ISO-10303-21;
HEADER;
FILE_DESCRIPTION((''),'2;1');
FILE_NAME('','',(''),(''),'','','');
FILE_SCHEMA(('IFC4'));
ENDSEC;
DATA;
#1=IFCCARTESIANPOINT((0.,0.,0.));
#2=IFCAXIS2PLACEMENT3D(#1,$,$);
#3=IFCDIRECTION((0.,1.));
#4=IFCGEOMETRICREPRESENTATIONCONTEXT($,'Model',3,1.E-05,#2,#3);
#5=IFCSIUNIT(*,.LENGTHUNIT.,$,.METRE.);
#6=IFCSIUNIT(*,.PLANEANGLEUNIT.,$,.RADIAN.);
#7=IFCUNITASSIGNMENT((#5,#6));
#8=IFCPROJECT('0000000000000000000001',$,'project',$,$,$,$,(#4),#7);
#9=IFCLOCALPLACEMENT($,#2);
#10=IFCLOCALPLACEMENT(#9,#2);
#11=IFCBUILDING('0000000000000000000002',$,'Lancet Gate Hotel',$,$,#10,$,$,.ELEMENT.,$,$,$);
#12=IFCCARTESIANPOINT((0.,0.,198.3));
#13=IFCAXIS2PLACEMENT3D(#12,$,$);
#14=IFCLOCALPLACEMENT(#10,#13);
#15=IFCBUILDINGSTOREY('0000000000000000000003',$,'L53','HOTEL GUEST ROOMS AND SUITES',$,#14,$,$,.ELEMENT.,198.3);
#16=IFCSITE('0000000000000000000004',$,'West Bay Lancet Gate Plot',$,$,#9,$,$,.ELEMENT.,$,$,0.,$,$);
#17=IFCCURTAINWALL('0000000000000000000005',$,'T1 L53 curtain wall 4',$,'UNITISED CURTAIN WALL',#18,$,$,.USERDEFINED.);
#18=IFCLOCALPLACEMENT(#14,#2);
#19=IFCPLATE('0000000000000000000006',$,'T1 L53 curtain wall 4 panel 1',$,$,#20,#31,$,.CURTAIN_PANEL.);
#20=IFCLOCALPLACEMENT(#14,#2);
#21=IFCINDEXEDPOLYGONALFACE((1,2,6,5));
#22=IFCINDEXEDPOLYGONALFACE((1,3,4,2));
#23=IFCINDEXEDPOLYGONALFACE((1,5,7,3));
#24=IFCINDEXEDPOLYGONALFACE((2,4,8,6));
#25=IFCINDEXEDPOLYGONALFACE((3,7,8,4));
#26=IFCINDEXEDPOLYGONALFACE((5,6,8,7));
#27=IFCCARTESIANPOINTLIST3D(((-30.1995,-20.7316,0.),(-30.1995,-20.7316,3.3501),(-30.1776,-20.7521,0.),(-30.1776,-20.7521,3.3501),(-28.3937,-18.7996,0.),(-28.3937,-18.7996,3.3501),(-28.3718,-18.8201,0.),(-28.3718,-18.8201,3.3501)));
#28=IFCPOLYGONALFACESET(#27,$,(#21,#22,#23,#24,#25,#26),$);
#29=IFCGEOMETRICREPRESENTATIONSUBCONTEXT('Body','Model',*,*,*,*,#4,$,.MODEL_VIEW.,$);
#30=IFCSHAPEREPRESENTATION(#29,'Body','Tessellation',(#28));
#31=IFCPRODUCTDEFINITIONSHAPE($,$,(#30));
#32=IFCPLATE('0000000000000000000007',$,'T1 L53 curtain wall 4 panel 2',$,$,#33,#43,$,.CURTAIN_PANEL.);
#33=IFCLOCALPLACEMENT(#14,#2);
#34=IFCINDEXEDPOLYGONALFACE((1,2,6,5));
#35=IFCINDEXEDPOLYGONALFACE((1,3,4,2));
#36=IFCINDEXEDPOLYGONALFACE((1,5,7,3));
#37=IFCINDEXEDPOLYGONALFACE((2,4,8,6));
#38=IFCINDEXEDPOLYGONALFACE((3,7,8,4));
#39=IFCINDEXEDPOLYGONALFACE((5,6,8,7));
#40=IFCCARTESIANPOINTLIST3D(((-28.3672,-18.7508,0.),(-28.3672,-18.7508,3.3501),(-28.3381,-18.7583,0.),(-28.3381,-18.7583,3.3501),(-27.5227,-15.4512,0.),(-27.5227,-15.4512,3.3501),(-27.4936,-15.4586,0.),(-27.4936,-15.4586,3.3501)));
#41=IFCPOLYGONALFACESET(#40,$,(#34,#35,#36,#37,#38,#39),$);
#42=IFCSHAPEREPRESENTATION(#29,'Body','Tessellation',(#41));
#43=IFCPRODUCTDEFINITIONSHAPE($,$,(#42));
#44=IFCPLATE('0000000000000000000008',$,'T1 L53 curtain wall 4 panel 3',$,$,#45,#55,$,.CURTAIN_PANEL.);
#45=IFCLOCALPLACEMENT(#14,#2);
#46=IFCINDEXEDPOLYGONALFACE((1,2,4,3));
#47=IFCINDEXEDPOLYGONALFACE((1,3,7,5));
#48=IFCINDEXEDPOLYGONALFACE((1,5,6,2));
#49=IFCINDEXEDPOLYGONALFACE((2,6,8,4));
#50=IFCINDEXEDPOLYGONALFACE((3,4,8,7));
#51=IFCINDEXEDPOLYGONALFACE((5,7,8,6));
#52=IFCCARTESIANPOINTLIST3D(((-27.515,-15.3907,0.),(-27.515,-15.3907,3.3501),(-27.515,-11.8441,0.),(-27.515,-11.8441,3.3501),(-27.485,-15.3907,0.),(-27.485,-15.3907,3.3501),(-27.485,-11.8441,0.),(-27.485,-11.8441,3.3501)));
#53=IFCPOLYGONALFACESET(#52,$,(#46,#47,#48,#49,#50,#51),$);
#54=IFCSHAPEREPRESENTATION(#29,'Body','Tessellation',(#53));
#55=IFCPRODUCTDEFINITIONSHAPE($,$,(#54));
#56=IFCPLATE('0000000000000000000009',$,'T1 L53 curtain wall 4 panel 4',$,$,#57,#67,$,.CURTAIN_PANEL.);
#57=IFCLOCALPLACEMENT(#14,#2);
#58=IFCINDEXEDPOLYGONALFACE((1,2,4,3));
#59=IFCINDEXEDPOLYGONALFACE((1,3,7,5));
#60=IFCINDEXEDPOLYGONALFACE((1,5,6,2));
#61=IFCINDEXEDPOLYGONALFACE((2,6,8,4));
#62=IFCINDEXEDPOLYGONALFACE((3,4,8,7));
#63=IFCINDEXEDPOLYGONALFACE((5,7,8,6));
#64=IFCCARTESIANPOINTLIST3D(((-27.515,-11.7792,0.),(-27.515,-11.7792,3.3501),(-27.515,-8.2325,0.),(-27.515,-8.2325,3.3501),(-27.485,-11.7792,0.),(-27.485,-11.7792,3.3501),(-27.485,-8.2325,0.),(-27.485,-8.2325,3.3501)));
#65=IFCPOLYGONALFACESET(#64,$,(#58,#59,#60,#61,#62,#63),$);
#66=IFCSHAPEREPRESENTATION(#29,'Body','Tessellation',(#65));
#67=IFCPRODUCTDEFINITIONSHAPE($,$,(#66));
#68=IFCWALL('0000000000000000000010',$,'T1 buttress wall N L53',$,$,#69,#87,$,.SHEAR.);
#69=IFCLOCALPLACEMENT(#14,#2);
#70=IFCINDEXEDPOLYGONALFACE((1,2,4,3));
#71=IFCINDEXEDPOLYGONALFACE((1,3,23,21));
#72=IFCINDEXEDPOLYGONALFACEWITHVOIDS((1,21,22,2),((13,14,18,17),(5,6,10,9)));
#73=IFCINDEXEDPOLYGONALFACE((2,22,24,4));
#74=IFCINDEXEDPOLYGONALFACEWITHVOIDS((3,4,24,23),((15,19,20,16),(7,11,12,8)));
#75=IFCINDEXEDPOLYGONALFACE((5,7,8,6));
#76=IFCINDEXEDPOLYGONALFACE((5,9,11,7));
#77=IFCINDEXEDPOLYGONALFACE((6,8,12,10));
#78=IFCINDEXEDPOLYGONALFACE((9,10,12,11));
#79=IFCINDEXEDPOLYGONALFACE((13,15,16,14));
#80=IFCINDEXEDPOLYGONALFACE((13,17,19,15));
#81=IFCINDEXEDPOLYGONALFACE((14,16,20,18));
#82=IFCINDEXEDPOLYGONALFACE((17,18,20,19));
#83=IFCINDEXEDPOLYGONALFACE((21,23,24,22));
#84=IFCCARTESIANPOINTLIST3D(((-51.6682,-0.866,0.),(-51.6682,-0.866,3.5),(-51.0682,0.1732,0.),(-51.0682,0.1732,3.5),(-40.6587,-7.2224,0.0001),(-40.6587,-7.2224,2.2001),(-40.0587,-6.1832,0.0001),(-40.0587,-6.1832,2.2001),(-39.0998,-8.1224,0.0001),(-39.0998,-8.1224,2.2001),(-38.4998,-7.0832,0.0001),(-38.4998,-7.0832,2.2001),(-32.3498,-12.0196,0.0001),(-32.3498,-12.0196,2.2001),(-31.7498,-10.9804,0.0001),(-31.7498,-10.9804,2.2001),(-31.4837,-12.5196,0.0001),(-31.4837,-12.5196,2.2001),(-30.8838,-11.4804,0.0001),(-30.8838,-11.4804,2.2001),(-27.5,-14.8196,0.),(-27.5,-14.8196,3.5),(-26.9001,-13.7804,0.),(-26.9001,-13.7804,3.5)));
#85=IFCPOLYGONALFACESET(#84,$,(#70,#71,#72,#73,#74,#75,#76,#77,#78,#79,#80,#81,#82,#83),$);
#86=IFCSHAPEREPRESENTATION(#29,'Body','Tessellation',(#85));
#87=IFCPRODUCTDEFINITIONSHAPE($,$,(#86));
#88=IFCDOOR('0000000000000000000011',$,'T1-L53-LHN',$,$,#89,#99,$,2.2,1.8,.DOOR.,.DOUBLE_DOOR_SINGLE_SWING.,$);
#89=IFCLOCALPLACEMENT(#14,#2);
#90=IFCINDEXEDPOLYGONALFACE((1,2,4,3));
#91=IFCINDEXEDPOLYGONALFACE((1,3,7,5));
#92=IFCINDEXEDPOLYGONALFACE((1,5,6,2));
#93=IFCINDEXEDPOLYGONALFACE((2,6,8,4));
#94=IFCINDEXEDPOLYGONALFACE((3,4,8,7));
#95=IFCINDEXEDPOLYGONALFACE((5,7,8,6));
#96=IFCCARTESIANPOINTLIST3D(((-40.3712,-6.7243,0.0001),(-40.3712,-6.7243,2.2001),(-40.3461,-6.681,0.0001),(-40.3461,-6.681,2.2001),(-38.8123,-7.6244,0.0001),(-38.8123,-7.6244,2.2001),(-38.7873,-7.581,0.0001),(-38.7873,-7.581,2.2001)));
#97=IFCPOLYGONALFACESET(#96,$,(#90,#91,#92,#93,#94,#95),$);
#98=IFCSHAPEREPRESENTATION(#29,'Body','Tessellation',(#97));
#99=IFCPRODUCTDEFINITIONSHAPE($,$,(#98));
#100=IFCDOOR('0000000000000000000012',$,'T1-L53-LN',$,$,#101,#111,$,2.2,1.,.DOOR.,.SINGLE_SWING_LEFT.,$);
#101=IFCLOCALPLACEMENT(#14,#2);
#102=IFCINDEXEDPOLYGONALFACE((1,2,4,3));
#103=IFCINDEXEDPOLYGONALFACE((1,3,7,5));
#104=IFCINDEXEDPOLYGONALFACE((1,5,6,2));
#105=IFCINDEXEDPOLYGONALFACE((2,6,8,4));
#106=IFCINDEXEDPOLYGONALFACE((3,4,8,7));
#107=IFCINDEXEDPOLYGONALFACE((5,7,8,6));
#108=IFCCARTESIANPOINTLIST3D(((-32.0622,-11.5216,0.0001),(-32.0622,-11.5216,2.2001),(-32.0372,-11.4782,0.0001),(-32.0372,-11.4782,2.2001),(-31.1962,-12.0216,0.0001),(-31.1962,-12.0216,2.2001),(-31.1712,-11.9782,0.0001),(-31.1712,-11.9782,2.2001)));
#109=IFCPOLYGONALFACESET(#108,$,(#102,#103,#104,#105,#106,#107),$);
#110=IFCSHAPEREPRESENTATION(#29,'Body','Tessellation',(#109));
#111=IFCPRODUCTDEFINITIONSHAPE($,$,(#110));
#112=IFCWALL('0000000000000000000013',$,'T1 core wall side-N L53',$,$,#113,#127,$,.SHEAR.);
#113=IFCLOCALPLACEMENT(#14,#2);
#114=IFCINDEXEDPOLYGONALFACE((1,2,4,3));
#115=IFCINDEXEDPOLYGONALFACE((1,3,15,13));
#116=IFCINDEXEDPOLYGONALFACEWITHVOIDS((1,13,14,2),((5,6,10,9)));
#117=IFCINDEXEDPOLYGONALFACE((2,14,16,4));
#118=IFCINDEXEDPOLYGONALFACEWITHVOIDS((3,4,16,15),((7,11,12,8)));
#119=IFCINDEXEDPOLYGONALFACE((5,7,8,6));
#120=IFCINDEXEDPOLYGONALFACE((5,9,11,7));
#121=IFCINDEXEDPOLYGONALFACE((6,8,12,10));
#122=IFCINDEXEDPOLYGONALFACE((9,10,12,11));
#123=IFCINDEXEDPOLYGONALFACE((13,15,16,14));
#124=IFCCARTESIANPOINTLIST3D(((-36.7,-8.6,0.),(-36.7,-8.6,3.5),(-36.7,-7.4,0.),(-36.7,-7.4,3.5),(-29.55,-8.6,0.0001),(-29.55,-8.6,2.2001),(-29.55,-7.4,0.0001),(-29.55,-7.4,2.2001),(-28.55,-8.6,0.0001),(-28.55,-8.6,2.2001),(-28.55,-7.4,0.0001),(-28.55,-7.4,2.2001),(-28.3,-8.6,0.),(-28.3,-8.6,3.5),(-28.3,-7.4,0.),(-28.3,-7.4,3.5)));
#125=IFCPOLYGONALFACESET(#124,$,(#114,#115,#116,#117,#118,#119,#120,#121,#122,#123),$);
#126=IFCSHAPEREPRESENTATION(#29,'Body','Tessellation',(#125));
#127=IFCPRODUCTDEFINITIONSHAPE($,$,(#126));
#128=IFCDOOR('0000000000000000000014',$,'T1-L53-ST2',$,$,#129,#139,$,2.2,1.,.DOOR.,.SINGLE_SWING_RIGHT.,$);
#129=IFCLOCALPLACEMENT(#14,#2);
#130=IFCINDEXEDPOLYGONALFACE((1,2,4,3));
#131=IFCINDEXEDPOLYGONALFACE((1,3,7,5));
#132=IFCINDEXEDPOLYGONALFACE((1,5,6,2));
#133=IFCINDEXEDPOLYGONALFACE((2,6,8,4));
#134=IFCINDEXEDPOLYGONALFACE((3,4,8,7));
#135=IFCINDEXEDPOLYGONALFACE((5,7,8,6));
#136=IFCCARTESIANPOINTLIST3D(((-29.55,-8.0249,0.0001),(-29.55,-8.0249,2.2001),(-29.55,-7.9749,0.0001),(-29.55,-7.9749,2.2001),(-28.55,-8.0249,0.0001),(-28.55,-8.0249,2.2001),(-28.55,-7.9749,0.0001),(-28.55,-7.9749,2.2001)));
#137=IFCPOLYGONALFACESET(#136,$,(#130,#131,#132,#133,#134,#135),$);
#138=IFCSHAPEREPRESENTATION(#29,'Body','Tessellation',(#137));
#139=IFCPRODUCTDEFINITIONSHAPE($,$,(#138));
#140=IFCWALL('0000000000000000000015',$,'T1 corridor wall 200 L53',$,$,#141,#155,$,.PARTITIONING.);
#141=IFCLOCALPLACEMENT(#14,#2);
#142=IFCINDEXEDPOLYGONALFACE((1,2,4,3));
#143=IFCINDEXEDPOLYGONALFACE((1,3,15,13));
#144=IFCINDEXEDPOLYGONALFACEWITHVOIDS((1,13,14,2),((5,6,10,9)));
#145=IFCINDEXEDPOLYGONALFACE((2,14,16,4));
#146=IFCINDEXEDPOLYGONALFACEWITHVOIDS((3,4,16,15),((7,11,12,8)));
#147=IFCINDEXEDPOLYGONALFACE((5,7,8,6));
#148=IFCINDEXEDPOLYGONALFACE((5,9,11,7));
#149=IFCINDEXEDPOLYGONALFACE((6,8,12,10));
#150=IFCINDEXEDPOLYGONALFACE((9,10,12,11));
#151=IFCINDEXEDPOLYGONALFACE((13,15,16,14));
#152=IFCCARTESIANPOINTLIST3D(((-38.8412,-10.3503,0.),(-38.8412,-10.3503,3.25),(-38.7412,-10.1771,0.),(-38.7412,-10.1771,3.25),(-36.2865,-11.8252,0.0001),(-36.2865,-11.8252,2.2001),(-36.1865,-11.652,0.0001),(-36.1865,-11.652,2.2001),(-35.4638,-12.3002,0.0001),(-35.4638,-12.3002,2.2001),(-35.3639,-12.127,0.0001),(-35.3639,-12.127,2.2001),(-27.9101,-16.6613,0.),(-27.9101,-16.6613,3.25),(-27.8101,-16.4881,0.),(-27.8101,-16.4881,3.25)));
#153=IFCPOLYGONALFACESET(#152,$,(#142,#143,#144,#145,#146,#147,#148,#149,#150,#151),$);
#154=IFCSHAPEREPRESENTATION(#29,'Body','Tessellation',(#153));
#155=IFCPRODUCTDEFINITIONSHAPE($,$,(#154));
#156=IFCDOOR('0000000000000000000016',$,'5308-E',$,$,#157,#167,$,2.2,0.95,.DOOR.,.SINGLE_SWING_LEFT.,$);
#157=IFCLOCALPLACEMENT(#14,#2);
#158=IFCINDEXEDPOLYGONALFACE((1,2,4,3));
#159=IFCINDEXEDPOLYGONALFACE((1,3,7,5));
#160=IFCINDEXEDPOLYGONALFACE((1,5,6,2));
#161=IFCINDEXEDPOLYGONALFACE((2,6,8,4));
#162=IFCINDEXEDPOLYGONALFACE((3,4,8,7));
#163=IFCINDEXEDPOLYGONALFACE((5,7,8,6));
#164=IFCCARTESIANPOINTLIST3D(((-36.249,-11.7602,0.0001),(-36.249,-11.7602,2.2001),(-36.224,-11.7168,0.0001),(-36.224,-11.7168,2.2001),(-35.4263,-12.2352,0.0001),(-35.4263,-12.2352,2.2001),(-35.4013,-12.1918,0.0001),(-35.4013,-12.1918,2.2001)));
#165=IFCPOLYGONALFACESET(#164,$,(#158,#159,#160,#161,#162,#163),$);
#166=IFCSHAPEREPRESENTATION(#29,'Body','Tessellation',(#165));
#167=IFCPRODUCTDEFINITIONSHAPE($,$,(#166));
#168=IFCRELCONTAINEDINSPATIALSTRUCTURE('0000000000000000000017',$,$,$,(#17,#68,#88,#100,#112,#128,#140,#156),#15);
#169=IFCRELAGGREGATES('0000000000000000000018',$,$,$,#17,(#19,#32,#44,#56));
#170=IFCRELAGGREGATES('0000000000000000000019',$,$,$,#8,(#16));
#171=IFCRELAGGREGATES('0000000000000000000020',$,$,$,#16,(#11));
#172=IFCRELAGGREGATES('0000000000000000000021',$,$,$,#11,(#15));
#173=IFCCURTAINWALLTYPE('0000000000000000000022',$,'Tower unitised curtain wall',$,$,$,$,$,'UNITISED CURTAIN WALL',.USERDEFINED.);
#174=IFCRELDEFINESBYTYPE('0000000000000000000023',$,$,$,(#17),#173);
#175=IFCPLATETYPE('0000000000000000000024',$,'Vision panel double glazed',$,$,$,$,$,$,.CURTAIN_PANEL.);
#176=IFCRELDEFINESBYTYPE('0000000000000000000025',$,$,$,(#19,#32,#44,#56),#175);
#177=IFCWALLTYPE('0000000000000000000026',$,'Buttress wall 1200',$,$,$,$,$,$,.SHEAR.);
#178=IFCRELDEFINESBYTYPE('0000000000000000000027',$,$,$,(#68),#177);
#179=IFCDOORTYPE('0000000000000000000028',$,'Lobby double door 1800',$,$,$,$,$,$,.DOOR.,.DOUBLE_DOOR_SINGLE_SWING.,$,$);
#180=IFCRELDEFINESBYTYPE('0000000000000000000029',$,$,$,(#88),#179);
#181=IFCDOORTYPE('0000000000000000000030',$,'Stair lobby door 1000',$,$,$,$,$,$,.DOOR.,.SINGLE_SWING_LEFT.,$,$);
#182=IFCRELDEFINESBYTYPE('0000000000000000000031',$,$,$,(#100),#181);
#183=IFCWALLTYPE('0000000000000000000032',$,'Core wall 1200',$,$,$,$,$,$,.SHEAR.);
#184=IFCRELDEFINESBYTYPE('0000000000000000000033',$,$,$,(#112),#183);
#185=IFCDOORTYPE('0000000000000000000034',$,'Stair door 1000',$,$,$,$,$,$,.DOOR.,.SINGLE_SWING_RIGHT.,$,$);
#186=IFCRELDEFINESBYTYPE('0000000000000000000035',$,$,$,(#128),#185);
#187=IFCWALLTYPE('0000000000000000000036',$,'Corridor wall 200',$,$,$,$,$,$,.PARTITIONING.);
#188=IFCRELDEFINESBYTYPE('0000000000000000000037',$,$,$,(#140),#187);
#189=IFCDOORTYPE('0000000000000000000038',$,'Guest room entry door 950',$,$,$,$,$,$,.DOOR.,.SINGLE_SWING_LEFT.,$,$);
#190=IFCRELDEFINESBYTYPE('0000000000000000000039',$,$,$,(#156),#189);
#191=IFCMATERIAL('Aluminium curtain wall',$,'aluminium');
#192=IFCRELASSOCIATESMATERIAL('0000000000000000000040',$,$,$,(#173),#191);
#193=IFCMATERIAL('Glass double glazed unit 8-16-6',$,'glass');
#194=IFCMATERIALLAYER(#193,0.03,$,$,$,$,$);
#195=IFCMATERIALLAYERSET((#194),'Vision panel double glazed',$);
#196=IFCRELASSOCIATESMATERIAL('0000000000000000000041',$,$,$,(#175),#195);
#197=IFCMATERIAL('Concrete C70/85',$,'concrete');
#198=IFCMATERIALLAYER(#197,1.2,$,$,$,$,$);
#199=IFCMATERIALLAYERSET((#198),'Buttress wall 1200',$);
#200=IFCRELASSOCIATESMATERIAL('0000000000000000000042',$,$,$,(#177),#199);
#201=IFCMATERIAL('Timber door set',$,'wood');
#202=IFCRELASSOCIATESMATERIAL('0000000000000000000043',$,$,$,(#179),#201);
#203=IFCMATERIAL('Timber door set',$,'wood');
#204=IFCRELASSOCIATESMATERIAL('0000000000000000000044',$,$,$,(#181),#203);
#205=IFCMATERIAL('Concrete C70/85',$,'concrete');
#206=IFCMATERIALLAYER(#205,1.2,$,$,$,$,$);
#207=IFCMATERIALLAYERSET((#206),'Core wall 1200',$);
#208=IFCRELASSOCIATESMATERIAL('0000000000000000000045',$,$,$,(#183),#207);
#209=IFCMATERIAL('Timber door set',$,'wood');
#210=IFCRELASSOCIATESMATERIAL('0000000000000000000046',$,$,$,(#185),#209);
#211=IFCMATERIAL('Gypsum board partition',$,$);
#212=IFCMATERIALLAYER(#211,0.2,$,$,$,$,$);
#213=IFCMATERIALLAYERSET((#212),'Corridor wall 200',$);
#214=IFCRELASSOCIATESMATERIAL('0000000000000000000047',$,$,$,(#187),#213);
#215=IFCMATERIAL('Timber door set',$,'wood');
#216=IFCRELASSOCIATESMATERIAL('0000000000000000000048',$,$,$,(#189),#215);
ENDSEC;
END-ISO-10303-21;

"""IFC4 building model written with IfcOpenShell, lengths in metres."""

from ifc_helpers import new_model, si_unit, direction, frame, frame_2d, origin, origin_2d, place, context, subcontext, project, spatial, rectangle, extrude, material, layer, layer_set, type_object, element, fill, aggregate, save


model = new_model("IFC4")

# Units and contexts
model_context = context("Model", 3, precision=1e-05, world=origin(), true_north=direction((0.0, 1.0)))
body_context = subcontext(model_context, "Body", "Model", "MODEL_VIEW")
ifc_project = project(units=[si_unit("LENGTHUNIT", "METRE"), si_unit("PLANEANGLEUNIT", "RADIAN")], contexts=[model_context])

# Site, building, storey
site_placement = place(None, origin())
site = spatial("IfcSite", under=ifc_project, at=site_placement, Name="West Bay Lancet Gate Plot", CompositionType="ELEMENT", RefElevation=0.0)
building_placement = place(site_placement, origin())
building = spatial("IfcBuilding", under=site, at=building_placement, Name="Lancet Gate Hotel", CompositionType="ELEMENT")
storey_placement = place(building_placement, frame((0.0, 0.0, 198.3)))
storey = spatial("IfcBuildingStorey", under=building, at=storey_placement, Name="L53", Description="HOTEL GUEST ROOMS AND SUITES", CompositionType="ELEMENT", Elevation=198.3)

# Curtain wall
ifc_material_1 = material(Name="Aluminium curtain wall", Category="aluminium")
curtain_wall_type = type_object("IfcCurtainWallType", Name="Tower unitised curtain wall", ElementType="UNITISED CURTAIN WALL", PredefinedType="USERDEFINED", material=ifc_material_1)
curtain_wall_placement = place(storey_placement, origin())
curtain_wall = element("IfcCurtainWall", 1, at=curtain_wall_placement, inside=storey, type_object=curtain_wall_type, Name="T1 L53 curtain wall 4", ObjectType="UNITISED CURTAIN WALL", PredefinedType="USERDEFINED")

# Plates
ifc_material_2 = material(Name="Glass double glazed unit 8-16-6", Category="glass")
ifc_layer_1 = layer(ifc_material_2, 0.03)
ifc_layer_set_1 = layer_set([ifc_layer_1], Name="Vision panel double glazed")
plate_type = type_object("IfcPlateType", Name="Vision panel double glazed", PredefinedType="CURTAIN_PANEL", material=ifc_layer_set_1)
plate_1_placement = place(storey_placement, frame((-29.2856, -19.7759, 0.0), z_axis=(0.0, 0.0, 1.0), x_axis=(0.682845, 0.730563, 0.0)))
plate_1 = element("IfcPlate", 2, at=plate_1_placement, type_object=plate_type, Name="T1 L53 curtain wall 4 panel 1", PredefinedType="CURTAIN_PANEL", context=body_context, shape_type="SweptSolid", body=[
    extrude(rectangle(XDim=2.6445, YDim=0.03, at=origin_2d()), origin(), (0.0, 0.0, 1.0), 3.3501),
])
plate_2_placement = place(storey_placement, frame((-27.9304, -17.1047, 0.0), z_axis=(0.0, 0.0, 1.0), x_axis=(0.247937, 0.968776, 0.0)))
plate_2 = element("IfcPlate", 3, at=plate_2_placement, type_object=plate_type, Name="T1 L53 curtain wall 4 panel 2", PredefinedType="CURTAIN_PANEL", context=body_context, shape_type="SweptSolid", body=[
    extrude(rectangle(XDim=3.406, YDim=0.03, at=origin_2d()), origin(), (0.0, 0.0, 1.0), 3.3501),
])
plate_3_placement = place(storey_placement, frame((-27.5, -13.6174, 0.0), z_axis=(0.0, 0.0, 1.0), x_axis=(0.0, 1.0, 0.0)))
plate_3 = element("IfcPlate", 4, at=plate_3_placement, type_object=plate_type, Name="T1 L53 curtain wall 4 panel 3", PredefinedType="CURTAIN_PANEL", context=body_context, shape_type="SweptSolid", body=[
    extrude(rectangle(XDim=3.5466, YDim=0.03, at=origin_2d()), origin(), (0.0, 0.0, 1.0), 3.3501),
])
plate_4_placement = place(storey_placement, frame((-27.5, -10.0059, 0.0), z_axis=(0.0, 0.0, 1.0), x_axis=(0.0, 1.0, 0.0)))
plate_4 = element("IfcPlate", 5, at=plate_4_placement, type_object=plate_type, Name="T1 L53 curtain wall 4 panel 4", PredefinedType="CURTAIN_PANEL", context=body_context, shape_type="SweptSolid", body=[
    extrude(rectangle(XDim=3.5466, YDim=0.03, at=origin_2d()), origin(), (0.0, 0.0, 1.0), 3.3501),
])
aggregate(curtain_wall, [plate_1, plate_2, plate_3, plate_4])

# Wall, openings, doors
ifc_material_3 = material(Name="Concrete C70/85", Category="concrete")
ifc_layer_2 = layer(ifc_material_3, 1.2)
ifc_layer_set_2 = layer_set([ifc_layer_2], Name="Buttress wall 1200")
wall_type_1 = type_object("IfcWallType", Name="Buttress wall 1200", PredefinedType="SHEAR", material=ifc_layer_set_2)
wall_1_placement = place(storey_placement, frame((-27.2, -14.3, 0.0), z_axis=(0.0, 0.0, 1.0), x_axis=(-0.866024, 0.500002, 0.0)))
wall_1 = element("IfcWall", 6, at=wall_1_placement, inside=storey, type_object=wall_type_1, Name="T1 buttress wall N L53", PredefinedType="SHEAR", context=body_context, shape_type="SweptSolid", body=[
    extrude(rectangle(XDim=27.907, YDim=1.2, at=frame_2d((13.9536, 0.0))), origin(), (0.0, 0.0, 1.0), 3.5),
])
opening_1_placement = place(wall_1_placement, frame((4.6001, 0.0, 0.0)))
opening_1 = element("IfcOpeningElement", 7, at=opening_1_placement, cuts=wall_1, PredefinedType="OPENING", context=body_context, shape_type="SweptSolid", body=[
    extrude(rectangle(XDim=1.0, YDim=2.2, at=frame_2d((0.5, 1.1001))), frame((0.0, 0.6099, 0.0), z_axis=(0.0, -1.0, 0.0), x_axis=(1.0, 0.0, 0.0)), (0.0, 0.0, 1.0), 1.22),
])
opening_2_placement = place(wall_1_placement, frame((13.3945, 0.0, 0.0)))
opening_2 = element("IfcOpeningElement", 8, at=opening_2_placement, cuts=wall_1, PredefinedType="OPENING", context=body_context, shape_type="SweptSolid", body=[
    extrude(rectangle(XDim=1.8, YDim=2.2, at=frame_2d((0.8999, 1.1001))), frame((0.0, 0.6099, 0.0), z_axis=(0.0, -1.0, 0.0), x_axis=(1.0, 0.0, 0.0)), (0.0, 0.0, 1.0), 1.22),
])
ifc_material_4 = material(Name="Timber door set", Category="wood")
door_type_1 = type_object("IfcDoorType", Name="Lobby double door 1800", OperationType="DOUBLE_DOOR_SINGLE_SWING", PredefinedType="DOOR", material=ifc_material_4)
door_1_placement = place(opening_2_placement, origin())
door_1 = element("IfcDoor", 9, at=door_1_placement, inside=storey, type_object=door_type_1, Name="T1-L53-LHN", OperationType="DOUBLE_DOOR_SINGLE_SWING", OverallHeight=2.2, OverallWidth=1.8, PredefinedType="DOOR", context=body_context, shape_type="SweptSolid", body=[
    extrude(rectangle(XDim=1.8, YDim=2.2, at=frame_2d((0.8999, 1.1001))), frame((0.0, 0.0249, 0.0), z_axis=(0.0, -1.0, 0.0), x_axis=(1.0, 0.0, 0.0)), (0.0, 0.0, 1.0), 0.05),
])
fill(opening_2, door_1)
ifc_material_5 = material(Name="Timber door set", Category="wood")
door_type_2 = type_object("IfcDoorType", Name="Stair lobby door 1000", OperationType="SINGLE_SWING_LEFT", PredefinedType="DOOR", material=ifc_material_5)
door_2_placement = place(opening_1_placement, origin())
door_2 = element("IfcDoor", 10, at=door_2_placement, inside=storey, type_object=door_type_2, Name="T1-L53-LN", OperationType="SINGLE_SWING_LEFT", OverallHeight=2.2, OverallWidth=1.0, PredefinedType="DOOR", context=body_context, shape_type="SweptSolid", body=[
    extrude(rectangle(XDim=1.0, YDim=2.2, at=frame_2d((0.5, 1.1001))), frame((0.0, 0.0249, 0.0), z_axis=(0.0, -1.0, 0.0), x_axis=(1.0, 0.0, 0.0)), (0.0, 0.0, 1.0), 0.05),
])
fill(opening_1, door_2)

# Walls, openings, doors
ifc_material_6 = material(Name="Concrete C70/85", Category="concrete")
ifc_layer_3 = layer(ifc_material_6, 1.2)
ifc_layer_set_3 = layer_set([ifc_layer_3], Name="Core wall 1200")
wall_type_2 = type_object("IfcWallType", Name="Core wall 1200", PredefinedType="SHEAR", material=ifc_layer_set_3)
wall_2_placement = place(storey_placement, frame((-28.3, -8.0, 0.0), z_axis=(0.0, 0.0, 1.0), x_axis=(-1.0, 0.0, 0.0)))
wall_2 = element("IfcWall", 11, at=wall_2_placement, inside=storey, type_object=wall_type_2, Name="T1 core wall side-N L53", PredefinedType="SHEAR", context=body_context, shape_type="SweptSolid", body=[
    extrude(rectangle(XDim=8.3999, YDim=1.2, at=frame_2d((4.2, 0.0))), origin(), (0.0, 0.0, 1.0), 3.5),
])
opening_3_placement = place(wall_2_placement, frame((0.25, 0.0, 0.0)))
opening_3 = element("IfcOpeningElement", 12, at=opening_3_placement, cuts=wall_2, PredefinedType="OPENING", context=body_context, shape_type="SweptSolid", body=[
    extrude(rectangle(XDim=1.0, YDim=2.2, at=frame_2d((0.5, 1.1001))), frame((0.0, 0.6099, 0.0), z_axis=(0.0, -1.0, 0.0), x_axis=(1.0, 0.0, 0.0)), (0.0, 0.0, 1.0), 1.22),
])
ifc_material_7 = material(Name="Timber door set", Category="wood")
door_type_3 = type_object("IfcDoorType", Name="Stair door 1000", OperationType="SINGLE_SWING_RIGHT", PredefinedType="DOOR", material=ifc_material_7)
door_3_placement = place(opening_3_placement, origin())
door_3 = element("IfcDoor", 13, at=door_3_placement, inside=storey, type_object=door_type_3, Name="T1-L53-ST2", OperationType="SINGLE_SWING_RIGHT", OverallHeight=2.2, OverallWidth=1.0, PredefinedType="DOOR", context=body_context, shape_type="SweptSolid", body=[
    extrude(rectangle(XDim=1.0, YDim=2.2, at=frame_2d((0.5, 1.1001))), frame((0.0, 0.0249, 0.0), z_axis=(0.0, -1.0, 0.0), x_axis=(1.0, 0.0, 0.0)), (0.0, 0.0, 1.0), 0.05),
])
fill(opening_3, door_3)
ifc_material_8 = material(Name="Gypsum board partition")
ifc_layer_4 = layer(ifc_material_8, 0.2)
ifc_layer_set_4 = layer_set([ifc_layer_4], Name="Corridor wall 200")
wall_type_3 = type_object("IfcWallType", Name="Corridor wall 200", PredefinedType="PARTITIONING", material=ifc_layer_set_4)
wall_3_placement = place(storey_placement, frame((-27.8601, -16.5747, 0.0), z_axis=(0.0, 0.0, 1.0), x_axis=(-0.866028, 0.499996, 0.0)))
wall_3 = element("IfcWall", 14, at=wall_3_placement, inside=storey, type_object=wall_type_3, Name="T1 corridor wall 200 L53", PredefinedType="PARTITIONING", context=body_context, shape_type="SweptSolid", body=[
    extrude(rectangle(XDim=12.6221, YDim=0.2, at=frame_2d((6.311, 0.0))), origin(), (0.0, 0.0, 1.0), 3.25),
])
opening_4_placement = place(wall_3_placement, frame((8.7222, 0.0, 0.0)))
opening_4 = element("IfcOpeningElement", 15, at=opening_4_placement, cuts=wall_3, PredefinedType="OPENING", context=body_context, shape_type="SweptSolid", body=[
    extrude(rectangle(XDim=0.95, YDim=2.2, at=frame_2d((0.4751, 1.1001))), frame((0.0, 0.1099, 0.0), z_axis=(0.0, -1.0, 0.0), x_axis=(1.0, 0.0, 0.0)), (0.0, 0.0, 1.0), 0.22),
])
ifc_material_9 = material(Name="Timber door set", Category="wood")
door_type_4 = type_object("IfcDoorType", Name="Guest room entry door 950", OperationType="SINGLE_SWING_LEFT", PredefinedType="DOOR", material=ifc_material_9)
door_4_placement = place(opening_4_placement, origin())
door_4 = element("IfcDoor", 16, at=door_4_placement, inside=storey, type_object=door_type_4, Name="5308-E", OperationType="SINGLE_SWING_LEFT", OverallHeight=2.2, OverallWidth=0.95, PredefinedType="DOOR", context=body_context, shape_type="SweptSolid", body=[
    extrude(rectangle(XDim=0.95, YDim=2.2, at=frame_2d((0.4751, 1.1001))), frame((0.0, 0.0249, 0.0), z_axis=(0.0, -1.0, 0.0), x_axis=(1.0, 0.0, 0.0)), (0.0, 0.0, 1.0), 0.05),
])
fill(opening_4, door_4)

save(model, "model.ifc")
